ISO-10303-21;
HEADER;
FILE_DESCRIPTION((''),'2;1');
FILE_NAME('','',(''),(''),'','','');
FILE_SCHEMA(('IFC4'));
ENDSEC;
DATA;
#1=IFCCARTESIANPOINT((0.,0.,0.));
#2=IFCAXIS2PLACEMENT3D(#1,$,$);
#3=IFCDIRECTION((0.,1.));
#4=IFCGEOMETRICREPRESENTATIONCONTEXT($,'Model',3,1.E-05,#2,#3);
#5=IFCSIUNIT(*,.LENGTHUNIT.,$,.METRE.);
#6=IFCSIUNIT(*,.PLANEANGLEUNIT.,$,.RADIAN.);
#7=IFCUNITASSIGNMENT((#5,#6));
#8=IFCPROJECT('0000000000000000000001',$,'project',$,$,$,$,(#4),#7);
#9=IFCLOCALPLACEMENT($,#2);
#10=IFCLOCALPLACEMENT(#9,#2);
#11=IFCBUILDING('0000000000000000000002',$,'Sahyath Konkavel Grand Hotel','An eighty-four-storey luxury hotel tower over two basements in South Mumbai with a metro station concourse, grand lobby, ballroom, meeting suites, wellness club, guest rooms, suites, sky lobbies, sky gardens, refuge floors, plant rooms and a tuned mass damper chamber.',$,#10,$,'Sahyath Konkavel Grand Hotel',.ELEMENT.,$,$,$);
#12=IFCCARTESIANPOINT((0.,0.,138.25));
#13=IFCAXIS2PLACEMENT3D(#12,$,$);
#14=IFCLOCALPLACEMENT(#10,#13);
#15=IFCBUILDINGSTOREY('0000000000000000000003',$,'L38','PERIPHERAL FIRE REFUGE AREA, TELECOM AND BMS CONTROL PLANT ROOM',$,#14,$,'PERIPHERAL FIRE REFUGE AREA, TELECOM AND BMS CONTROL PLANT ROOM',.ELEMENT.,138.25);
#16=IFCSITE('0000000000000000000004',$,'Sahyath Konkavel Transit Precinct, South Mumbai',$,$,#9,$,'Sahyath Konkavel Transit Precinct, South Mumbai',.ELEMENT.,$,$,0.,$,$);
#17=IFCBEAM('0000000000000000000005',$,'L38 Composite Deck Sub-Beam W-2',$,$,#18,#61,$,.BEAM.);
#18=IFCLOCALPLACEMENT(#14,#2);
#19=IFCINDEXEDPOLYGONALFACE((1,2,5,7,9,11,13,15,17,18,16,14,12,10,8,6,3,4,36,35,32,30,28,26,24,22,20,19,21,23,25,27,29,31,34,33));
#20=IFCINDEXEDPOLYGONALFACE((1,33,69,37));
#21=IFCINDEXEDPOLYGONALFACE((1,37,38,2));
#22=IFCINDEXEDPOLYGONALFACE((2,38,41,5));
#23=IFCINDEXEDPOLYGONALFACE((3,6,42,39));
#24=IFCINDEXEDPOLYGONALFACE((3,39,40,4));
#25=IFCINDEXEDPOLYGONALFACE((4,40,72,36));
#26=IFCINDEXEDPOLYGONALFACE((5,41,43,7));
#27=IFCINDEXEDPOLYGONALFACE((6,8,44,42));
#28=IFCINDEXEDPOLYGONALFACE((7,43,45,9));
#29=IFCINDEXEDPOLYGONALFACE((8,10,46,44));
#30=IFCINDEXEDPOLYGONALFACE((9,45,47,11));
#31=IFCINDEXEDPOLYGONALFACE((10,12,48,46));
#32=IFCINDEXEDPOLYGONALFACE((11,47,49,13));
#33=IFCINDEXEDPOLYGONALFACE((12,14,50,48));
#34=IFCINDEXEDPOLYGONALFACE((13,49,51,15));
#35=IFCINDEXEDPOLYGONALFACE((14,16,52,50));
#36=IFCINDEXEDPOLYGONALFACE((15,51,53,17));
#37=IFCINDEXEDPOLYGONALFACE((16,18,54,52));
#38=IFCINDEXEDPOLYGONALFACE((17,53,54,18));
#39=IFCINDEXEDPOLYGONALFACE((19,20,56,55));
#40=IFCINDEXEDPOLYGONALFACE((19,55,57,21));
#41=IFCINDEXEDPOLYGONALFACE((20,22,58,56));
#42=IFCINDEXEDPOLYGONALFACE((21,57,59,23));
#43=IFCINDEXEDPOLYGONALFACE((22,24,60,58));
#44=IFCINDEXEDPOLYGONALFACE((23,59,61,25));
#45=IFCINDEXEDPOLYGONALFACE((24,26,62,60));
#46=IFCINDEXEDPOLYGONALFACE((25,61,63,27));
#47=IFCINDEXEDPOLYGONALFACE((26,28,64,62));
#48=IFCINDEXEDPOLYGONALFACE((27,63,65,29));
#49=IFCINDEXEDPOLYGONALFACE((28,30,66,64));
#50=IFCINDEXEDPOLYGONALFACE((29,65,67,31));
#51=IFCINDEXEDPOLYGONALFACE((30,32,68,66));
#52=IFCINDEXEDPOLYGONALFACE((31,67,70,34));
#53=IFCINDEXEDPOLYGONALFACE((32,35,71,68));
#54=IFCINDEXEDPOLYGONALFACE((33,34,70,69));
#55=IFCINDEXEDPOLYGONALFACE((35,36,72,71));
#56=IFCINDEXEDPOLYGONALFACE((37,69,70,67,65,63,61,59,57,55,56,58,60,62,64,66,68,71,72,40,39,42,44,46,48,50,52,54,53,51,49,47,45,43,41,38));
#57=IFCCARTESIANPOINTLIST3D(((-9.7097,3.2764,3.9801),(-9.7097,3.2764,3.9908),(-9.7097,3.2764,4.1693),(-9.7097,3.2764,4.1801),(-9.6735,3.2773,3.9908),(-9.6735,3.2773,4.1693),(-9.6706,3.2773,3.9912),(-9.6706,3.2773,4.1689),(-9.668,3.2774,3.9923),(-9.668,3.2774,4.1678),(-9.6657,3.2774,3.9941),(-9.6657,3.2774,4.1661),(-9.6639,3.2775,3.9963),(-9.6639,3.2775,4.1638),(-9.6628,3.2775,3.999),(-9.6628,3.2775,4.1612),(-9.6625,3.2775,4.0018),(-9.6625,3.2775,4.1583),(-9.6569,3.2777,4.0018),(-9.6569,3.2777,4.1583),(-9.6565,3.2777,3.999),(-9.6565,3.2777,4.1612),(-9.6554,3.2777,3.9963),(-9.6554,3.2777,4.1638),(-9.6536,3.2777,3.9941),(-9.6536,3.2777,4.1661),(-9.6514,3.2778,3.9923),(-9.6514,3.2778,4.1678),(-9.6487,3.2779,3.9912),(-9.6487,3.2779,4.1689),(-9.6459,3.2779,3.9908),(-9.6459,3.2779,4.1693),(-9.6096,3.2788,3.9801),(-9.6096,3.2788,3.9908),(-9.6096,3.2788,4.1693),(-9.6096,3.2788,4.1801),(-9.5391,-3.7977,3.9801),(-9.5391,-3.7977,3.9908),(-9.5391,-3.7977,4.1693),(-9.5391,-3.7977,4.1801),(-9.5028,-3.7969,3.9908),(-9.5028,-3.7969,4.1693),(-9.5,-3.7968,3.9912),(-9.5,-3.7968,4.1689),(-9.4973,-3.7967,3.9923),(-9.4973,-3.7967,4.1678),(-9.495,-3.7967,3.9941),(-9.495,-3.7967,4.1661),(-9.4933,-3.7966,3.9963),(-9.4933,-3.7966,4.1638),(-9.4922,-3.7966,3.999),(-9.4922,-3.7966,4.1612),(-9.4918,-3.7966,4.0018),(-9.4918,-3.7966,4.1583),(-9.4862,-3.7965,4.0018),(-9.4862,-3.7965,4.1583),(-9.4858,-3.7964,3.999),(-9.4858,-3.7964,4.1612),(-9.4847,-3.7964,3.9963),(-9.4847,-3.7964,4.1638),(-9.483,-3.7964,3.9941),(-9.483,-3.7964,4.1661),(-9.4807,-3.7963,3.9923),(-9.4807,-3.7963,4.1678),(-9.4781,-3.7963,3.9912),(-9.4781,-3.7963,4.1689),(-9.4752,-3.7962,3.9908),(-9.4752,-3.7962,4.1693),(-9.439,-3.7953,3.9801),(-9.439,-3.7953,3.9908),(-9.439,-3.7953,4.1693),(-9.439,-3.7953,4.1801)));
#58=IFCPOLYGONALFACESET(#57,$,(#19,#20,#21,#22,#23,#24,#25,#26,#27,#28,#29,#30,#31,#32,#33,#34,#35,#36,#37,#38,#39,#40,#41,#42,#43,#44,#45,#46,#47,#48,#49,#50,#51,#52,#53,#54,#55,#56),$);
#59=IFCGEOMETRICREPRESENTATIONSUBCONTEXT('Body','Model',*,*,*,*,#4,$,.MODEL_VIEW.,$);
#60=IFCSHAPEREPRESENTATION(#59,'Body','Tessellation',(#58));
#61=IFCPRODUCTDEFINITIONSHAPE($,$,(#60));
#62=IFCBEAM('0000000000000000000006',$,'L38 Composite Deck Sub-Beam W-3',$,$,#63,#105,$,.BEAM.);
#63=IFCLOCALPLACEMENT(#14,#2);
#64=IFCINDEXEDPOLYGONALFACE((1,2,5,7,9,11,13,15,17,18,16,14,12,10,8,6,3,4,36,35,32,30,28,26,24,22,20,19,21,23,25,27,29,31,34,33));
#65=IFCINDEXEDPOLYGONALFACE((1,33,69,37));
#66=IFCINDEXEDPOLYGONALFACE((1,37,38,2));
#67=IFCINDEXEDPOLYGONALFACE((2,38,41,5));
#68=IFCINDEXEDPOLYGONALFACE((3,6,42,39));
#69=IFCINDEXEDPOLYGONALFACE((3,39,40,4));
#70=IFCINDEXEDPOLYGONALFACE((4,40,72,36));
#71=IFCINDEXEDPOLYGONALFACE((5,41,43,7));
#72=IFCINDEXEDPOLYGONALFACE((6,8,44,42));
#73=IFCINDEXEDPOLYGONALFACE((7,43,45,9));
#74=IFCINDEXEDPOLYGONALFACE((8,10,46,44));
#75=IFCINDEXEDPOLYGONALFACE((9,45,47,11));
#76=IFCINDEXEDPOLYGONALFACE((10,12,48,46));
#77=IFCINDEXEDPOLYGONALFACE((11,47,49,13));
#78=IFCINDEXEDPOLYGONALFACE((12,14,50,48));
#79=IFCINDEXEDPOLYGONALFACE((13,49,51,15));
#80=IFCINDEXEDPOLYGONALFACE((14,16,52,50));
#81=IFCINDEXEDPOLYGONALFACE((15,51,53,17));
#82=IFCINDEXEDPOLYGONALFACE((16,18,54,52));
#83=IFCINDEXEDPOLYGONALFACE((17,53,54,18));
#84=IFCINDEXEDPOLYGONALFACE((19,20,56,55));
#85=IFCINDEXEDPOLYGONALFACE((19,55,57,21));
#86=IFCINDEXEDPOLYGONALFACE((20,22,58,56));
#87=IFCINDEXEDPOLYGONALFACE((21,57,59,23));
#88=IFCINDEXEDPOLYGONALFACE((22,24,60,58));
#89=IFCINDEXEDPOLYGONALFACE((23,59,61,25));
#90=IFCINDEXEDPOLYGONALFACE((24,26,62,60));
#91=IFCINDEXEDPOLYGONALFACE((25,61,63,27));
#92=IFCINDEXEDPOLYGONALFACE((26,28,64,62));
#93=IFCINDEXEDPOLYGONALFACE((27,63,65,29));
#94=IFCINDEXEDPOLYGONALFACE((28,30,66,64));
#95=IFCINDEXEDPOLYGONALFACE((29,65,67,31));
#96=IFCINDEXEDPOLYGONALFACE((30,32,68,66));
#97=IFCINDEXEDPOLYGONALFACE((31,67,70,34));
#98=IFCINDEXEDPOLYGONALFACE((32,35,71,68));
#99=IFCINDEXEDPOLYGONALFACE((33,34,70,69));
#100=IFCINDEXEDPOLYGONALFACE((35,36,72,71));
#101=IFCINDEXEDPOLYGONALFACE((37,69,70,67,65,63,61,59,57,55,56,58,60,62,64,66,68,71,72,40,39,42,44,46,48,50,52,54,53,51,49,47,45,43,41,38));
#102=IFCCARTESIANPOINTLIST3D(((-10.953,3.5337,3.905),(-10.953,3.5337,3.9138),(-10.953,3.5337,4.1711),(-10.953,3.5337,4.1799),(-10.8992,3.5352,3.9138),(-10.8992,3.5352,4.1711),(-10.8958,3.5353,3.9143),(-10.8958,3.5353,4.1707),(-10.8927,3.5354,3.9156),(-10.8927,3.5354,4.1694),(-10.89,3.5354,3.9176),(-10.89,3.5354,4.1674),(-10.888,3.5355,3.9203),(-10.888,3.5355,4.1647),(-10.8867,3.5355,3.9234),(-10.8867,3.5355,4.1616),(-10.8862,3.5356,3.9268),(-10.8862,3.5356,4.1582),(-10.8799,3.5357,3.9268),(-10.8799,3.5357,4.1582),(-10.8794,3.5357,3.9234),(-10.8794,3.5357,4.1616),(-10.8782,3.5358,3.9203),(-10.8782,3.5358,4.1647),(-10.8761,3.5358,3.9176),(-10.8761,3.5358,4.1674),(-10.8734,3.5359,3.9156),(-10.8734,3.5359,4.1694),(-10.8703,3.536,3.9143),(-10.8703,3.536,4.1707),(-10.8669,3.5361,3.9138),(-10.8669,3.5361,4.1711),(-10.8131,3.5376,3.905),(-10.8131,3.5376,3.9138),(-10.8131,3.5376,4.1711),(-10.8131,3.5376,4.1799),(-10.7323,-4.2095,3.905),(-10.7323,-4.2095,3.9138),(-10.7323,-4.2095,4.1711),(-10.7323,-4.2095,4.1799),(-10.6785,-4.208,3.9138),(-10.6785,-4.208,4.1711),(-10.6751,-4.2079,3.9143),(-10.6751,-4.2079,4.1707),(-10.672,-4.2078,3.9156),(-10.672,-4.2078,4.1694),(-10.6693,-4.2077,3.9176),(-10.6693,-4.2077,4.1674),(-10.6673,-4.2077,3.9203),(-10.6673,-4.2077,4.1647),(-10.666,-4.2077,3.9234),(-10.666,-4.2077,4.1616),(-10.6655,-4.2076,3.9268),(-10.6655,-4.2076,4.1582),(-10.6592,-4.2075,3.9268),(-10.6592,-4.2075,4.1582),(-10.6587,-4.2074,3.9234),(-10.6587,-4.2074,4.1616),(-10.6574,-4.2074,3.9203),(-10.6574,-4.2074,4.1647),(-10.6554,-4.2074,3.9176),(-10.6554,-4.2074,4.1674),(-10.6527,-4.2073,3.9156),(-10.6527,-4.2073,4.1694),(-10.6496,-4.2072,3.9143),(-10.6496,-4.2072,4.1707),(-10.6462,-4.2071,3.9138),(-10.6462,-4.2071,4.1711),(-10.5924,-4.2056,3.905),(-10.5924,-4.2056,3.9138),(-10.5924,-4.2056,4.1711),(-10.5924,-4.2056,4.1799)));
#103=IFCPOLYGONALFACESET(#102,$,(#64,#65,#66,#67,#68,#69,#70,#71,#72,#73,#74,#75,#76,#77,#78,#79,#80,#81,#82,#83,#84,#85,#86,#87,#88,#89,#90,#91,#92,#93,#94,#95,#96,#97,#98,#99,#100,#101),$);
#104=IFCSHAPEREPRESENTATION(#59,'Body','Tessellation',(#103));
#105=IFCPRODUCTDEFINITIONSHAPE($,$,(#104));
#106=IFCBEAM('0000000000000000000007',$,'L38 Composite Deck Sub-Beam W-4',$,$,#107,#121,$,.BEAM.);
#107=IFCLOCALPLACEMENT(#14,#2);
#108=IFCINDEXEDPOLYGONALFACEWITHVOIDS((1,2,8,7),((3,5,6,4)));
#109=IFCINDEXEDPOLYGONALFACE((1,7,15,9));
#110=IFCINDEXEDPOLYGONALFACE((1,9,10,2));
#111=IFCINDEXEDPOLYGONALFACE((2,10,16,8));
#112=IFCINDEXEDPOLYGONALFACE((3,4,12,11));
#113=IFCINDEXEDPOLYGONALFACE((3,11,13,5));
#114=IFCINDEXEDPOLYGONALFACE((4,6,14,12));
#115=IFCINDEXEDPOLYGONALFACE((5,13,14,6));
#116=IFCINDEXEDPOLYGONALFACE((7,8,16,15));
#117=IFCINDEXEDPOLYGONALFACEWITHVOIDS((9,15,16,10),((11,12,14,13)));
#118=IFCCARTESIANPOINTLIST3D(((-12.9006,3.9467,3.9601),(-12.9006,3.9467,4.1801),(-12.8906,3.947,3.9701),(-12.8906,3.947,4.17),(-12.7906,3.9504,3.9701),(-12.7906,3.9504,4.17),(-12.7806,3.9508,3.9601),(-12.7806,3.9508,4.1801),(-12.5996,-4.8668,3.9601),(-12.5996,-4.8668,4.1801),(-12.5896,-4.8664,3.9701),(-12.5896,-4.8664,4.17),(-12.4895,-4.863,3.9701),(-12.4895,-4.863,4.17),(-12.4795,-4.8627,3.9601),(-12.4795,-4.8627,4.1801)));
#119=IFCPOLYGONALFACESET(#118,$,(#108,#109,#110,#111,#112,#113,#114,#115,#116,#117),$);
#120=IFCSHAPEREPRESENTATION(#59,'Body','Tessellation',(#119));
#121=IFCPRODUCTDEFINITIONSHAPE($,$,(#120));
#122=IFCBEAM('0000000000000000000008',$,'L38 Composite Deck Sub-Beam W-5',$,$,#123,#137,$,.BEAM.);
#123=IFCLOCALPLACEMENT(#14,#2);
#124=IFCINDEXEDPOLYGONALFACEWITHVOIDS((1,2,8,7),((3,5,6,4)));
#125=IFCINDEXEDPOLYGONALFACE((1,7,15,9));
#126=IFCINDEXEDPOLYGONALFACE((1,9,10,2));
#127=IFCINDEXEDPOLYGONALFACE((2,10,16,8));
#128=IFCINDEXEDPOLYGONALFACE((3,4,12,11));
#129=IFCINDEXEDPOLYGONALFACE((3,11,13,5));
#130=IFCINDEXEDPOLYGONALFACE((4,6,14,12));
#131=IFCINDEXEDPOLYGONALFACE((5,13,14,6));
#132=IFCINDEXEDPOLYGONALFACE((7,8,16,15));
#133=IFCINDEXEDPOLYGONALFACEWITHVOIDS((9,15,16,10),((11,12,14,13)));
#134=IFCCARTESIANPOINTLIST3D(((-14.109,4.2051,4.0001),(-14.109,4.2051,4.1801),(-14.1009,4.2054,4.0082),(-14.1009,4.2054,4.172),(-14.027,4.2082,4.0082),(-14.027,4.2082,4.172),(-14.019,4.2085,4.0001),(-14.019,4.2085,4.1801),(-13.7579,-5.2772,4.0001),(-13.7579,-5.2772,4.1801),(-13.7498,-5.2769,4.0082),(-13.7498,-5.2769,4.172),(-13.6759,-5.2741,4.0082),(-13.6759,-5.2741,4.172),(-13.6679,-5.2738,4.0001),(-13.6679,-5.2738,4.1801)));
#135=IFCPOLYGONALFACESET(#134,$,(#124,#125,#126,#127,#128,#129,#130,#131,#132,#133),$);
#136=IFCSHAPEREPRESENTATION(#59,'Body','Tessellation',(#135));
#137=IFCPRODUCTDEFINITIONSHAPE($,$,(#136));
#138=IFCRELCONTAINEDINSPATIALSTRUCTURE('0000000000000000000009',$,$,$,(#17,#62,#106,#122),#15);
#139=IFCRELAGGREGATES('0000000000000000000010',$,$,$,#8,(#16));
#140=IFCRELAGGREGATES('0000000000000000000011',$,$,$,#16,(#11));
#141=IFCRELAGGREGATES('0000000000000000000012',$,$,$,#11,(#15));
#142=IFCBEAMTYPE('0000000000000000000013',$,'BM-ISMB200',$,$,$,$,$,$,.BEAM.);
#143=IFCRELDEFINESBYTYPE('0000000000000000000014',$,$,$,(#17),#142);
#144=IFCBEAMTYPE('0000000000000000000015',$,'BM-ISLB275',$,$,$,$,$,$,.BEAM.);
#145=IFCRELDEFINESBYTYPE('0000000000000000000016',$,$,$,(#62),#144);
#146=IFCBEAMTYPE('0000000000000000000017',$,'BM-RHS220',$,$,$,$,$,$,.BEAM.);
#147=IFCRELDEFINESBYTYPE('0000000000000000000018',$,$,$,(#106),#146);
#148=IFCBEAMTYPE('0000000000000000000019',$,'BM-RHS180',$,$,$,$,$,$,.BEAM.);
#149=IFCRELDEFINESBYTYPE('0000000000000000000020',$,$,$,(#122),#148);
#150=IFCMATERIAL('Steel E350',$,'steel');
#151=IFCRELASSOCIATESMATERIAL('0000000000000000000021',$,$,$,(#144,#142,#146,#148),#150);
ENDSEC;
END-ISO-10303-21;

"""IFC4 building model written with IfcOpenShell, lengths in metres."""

from ifc_helpers import new_model, si_unit, direction, frame, origin, origin_2d, place, context, subcontext, project, spatial, hollow_rectangle, i_section, extrude, source, transform, mapped, material, material_profile, profile_set, type_object, element, save


model = new_model("IFC4")

# Units and contexts
model_context = context("Model", 3, precision=1e-05, world=origin(), true_north=direction((0.0, 1.0)))
body_context = subcontext(model_context, "Body", "Model", "MODEL_VIEW")
ifc_project = project(units=[si_unit("LENGTHUNIT", "METRE"), si_unit("PLANEANGLEUNIT", "RADIAN")], contexts=[model_context])

# Site, building, storey
site_placement = place(None, origin())
site = spatial("IfcSite", under=ifc_project, at=site_placement, Name="Sahyath Konkavel Transit Precinct, South Mumbai", LongName="Sahyath Konkavel Transit Precinct, South Mumbai", CompositionType="ELEMENT", RefElevation=0.0)
building_placement = place(site_placement, origin())
building = spatial("IfcBuilding", under=site, at=building_placement, Name="Sahyath Konkavel Grand Hotel", Description="An eighty-four-storey luxury hotel tower over two basements in South Mumbai with a metro station concourse, grand lobby, ballroom, meeting suites, wellness club, guest rooms, suites, sky lobbies, sky gardens, refuge floors, plant rooms and a tuned mass damper chamber.", LongName="Sahyath Konkavel Grand Hotel", CompositionType="ELEMENT")
storey_placement = place(building_placement, frame((0.0, 0.0, 138.25)))
storey = spatial("IfcBuildingStorey", under=building, at=storey_placement, Name="L38", Description="PERIPHERAL FIRE REFUGE AREA, TELECOM AND BMS CONTROL PLANT ROOM", LongName="PERIPHERAL FIRE REFUGE AREA, TELECOM AND BMS CONTROL PLANT ROOM", CompositionType="ELEMENT", Elevation=138.25)

# Shared definitions
ifc_material_1 = material(Name="Steel E350", Category="steel")
ifc_material_profile_1 = material_profile(ifc_material_1, i_section(OverallWidth=0.1399, OverallDepth=0.2749, WebThickness=0.0063, FlangeThickness=0.0088, FilletRadius=0.0129, at=origin_2d()), Name="ISLB 275")
ifc_profile_set_1 = profile_set([ifc_material_profile_1], Name="Steel E350")
beam_type_1 = type_object("IfcBeamType", Name="BM-ISLB275", PredefinedType="BEAM", material=ifc_profile_set_1)

# Beams
ifc_material_profile_2 = material_profile(ifc_material_1, i_section(OverallWidth=0.1001, OverallDepth=0.2, WebThickness=0.0056, FlangeThickness=0.0107, FilletRadius=0.011, at=origin_2d()), Name="ISMB 200")
ifc_profile_set_2 = profile_set([ifc_material_profile_2], Name="Steel E350")
beam_type_2 = type_object("IfcBeamType", Name="BM-ISMB200", PredefinedType="BEAM", material=ifc_profile_set_2)
shared_shape_1 = source(origin(), body_context, "Body", "SweptSolid", [
    extrude(i_section(OverallWidth=0.1001, OverallDepth=0.2, WebThickness=0.0056, FlangeThickness=0.0107, FilletRadius=0.011, at=origin_2d()), origin(), (0.0, 0.0, 1.0), 7.0762),
])
beam_1_placement = place(storey_placement, frame((-9.6597, 3.2776, 4.0801), z_axis=(0.024116, -0.999709, 0.0), x_axis=(0.999709, 0.024116, 0.0)))
element("IfcBeam", 1, at=beam_1_placement, inside=storey, type_object=beam_type_2, Name="L38 Composite Deck Sub-Beam W-2", PredefinedType="BEAM", context=body_context, shape_type="MappedRepresentation", body=[
    mapped(shared_shape_1, transform((0.0, 0.0, 0.0), scale=1.0)),
])
shared_shape_2 = source(origin(), body_context, "Body", "SweptSolid", [
    extrude(i_section(OverallWidth=0.1399, OverallDepth=0.2749, WebThickness=0.0063, FlangeThickness=0.0088, FilletRadius=0.0129, at=origin_2d()), origin(), (0.0, 0.0, 1.0), 7.7463),
])
beam_2_placement = place(storey_placement, frame((-10.8831, 3.5356, 4.0425), z_axis=(0.028491, -0.999594, 0.0), x_axis=(0.999594, 0.028491, 0.0)))
element("IfcBeam", 2, at=beam_2_placement, inside=storey, type_object=beam_type_1, Name="L38 Composite Deck Sub-Beam W-3", PredefinedType="BEAM", context=body_context, shape_type="MappedRepresentation", body=[
    mapped(shared_shape_2, transform((0.0, 0.0, 0.0), scale=1.0)),
])
ifc_material_profile_3 = material_profile(ifc_material_1, hollow_rectangle(XDim=0.1201, YDim=0.22, WallThickness=0.01, at=origin_2d()), Name="RHS 220x120x10")
ifc_profile_set_3 = profile_set([ifc_material_profile_3], Name="Steel E350")
beam_type_3 = type_object("IfcBeamType", Name="BM-RHS220", PredefinedType="BEAM", material=ifc_profile_set_3)
shared_shape_3 = source(origin(), body_context, "Body", "SweptSolid", [
    extrude(hollow_rectangle(XDim=0.1201, YDim=0.22, WallThickness=0.01, at=origin_2d()), origin(), (0.0, 0.0, 1.0), 8.8186),
])
beam_3_placement = place(storey_placement, frame((-12.8406, 3.9487, 4.0701), z_axis=(0.034135, -0.999417, 0.0), x_axis=(0.999417, 0.034135, 0.0)))
element("IfcBeam", 3, at=beam_3_placement, inside=storey, type_object=beam_type_3, Name="L38 Composite Deck Sub-Beam W-4", PredefinedType="BEAM", context=body_context, shape_type="MappedRepresentation", body=[
    mapped(shared_shape_3, transform((0.0, 0.0, 0.0), scale=1.0)),
])
ifc_material_profile_4 = material_profile(ifc_material_1, hollow_rectangle(XDim=0.0901, YDim=0.1799, WallThickness=0.0081, at=origin_2d()), Name="RHS 180x90x8")
ifc_profile_set_4 = profile_set([ifc_material_profile_4], Name="Steel E350")
beam_type_4 = type_object("IfcBeamType", Name="BM-RHS180", PredefinedType="BEAM", material=ifc_profile_set_4)
shared_shape_4 = source(origin(), body_context, "Body", "SweptSolid", [
    extrude(hollow_rectangle(XDim=0.0901, YDim=0.1799, WallThickness=0.0081, at=origin_2d()), origin(), (0.0, 0.0, 1.0), 9.4888),
])
beam_4_placement = place(storey_placement, frame((-14.064, 4.2068, 4.0901), z_axis=(0.036999, -0.999315, 0.0), x_axis=(0.999315, 0.036999, 0.0)))
element("IfcBeam", 4, at=beam_4_placement, inside=storey, type_object=beam_type_4, Name="L38 Composite Deck Sub-Beam W-5", PredefinedType="BEAM", context=body_context, shape_type="MappedRepresentation", body=[
    mapped(shared_shape_4, transform((0.0, 0.0, 0.0), scale=1.0)),
])

save(model, "model.ifc")
